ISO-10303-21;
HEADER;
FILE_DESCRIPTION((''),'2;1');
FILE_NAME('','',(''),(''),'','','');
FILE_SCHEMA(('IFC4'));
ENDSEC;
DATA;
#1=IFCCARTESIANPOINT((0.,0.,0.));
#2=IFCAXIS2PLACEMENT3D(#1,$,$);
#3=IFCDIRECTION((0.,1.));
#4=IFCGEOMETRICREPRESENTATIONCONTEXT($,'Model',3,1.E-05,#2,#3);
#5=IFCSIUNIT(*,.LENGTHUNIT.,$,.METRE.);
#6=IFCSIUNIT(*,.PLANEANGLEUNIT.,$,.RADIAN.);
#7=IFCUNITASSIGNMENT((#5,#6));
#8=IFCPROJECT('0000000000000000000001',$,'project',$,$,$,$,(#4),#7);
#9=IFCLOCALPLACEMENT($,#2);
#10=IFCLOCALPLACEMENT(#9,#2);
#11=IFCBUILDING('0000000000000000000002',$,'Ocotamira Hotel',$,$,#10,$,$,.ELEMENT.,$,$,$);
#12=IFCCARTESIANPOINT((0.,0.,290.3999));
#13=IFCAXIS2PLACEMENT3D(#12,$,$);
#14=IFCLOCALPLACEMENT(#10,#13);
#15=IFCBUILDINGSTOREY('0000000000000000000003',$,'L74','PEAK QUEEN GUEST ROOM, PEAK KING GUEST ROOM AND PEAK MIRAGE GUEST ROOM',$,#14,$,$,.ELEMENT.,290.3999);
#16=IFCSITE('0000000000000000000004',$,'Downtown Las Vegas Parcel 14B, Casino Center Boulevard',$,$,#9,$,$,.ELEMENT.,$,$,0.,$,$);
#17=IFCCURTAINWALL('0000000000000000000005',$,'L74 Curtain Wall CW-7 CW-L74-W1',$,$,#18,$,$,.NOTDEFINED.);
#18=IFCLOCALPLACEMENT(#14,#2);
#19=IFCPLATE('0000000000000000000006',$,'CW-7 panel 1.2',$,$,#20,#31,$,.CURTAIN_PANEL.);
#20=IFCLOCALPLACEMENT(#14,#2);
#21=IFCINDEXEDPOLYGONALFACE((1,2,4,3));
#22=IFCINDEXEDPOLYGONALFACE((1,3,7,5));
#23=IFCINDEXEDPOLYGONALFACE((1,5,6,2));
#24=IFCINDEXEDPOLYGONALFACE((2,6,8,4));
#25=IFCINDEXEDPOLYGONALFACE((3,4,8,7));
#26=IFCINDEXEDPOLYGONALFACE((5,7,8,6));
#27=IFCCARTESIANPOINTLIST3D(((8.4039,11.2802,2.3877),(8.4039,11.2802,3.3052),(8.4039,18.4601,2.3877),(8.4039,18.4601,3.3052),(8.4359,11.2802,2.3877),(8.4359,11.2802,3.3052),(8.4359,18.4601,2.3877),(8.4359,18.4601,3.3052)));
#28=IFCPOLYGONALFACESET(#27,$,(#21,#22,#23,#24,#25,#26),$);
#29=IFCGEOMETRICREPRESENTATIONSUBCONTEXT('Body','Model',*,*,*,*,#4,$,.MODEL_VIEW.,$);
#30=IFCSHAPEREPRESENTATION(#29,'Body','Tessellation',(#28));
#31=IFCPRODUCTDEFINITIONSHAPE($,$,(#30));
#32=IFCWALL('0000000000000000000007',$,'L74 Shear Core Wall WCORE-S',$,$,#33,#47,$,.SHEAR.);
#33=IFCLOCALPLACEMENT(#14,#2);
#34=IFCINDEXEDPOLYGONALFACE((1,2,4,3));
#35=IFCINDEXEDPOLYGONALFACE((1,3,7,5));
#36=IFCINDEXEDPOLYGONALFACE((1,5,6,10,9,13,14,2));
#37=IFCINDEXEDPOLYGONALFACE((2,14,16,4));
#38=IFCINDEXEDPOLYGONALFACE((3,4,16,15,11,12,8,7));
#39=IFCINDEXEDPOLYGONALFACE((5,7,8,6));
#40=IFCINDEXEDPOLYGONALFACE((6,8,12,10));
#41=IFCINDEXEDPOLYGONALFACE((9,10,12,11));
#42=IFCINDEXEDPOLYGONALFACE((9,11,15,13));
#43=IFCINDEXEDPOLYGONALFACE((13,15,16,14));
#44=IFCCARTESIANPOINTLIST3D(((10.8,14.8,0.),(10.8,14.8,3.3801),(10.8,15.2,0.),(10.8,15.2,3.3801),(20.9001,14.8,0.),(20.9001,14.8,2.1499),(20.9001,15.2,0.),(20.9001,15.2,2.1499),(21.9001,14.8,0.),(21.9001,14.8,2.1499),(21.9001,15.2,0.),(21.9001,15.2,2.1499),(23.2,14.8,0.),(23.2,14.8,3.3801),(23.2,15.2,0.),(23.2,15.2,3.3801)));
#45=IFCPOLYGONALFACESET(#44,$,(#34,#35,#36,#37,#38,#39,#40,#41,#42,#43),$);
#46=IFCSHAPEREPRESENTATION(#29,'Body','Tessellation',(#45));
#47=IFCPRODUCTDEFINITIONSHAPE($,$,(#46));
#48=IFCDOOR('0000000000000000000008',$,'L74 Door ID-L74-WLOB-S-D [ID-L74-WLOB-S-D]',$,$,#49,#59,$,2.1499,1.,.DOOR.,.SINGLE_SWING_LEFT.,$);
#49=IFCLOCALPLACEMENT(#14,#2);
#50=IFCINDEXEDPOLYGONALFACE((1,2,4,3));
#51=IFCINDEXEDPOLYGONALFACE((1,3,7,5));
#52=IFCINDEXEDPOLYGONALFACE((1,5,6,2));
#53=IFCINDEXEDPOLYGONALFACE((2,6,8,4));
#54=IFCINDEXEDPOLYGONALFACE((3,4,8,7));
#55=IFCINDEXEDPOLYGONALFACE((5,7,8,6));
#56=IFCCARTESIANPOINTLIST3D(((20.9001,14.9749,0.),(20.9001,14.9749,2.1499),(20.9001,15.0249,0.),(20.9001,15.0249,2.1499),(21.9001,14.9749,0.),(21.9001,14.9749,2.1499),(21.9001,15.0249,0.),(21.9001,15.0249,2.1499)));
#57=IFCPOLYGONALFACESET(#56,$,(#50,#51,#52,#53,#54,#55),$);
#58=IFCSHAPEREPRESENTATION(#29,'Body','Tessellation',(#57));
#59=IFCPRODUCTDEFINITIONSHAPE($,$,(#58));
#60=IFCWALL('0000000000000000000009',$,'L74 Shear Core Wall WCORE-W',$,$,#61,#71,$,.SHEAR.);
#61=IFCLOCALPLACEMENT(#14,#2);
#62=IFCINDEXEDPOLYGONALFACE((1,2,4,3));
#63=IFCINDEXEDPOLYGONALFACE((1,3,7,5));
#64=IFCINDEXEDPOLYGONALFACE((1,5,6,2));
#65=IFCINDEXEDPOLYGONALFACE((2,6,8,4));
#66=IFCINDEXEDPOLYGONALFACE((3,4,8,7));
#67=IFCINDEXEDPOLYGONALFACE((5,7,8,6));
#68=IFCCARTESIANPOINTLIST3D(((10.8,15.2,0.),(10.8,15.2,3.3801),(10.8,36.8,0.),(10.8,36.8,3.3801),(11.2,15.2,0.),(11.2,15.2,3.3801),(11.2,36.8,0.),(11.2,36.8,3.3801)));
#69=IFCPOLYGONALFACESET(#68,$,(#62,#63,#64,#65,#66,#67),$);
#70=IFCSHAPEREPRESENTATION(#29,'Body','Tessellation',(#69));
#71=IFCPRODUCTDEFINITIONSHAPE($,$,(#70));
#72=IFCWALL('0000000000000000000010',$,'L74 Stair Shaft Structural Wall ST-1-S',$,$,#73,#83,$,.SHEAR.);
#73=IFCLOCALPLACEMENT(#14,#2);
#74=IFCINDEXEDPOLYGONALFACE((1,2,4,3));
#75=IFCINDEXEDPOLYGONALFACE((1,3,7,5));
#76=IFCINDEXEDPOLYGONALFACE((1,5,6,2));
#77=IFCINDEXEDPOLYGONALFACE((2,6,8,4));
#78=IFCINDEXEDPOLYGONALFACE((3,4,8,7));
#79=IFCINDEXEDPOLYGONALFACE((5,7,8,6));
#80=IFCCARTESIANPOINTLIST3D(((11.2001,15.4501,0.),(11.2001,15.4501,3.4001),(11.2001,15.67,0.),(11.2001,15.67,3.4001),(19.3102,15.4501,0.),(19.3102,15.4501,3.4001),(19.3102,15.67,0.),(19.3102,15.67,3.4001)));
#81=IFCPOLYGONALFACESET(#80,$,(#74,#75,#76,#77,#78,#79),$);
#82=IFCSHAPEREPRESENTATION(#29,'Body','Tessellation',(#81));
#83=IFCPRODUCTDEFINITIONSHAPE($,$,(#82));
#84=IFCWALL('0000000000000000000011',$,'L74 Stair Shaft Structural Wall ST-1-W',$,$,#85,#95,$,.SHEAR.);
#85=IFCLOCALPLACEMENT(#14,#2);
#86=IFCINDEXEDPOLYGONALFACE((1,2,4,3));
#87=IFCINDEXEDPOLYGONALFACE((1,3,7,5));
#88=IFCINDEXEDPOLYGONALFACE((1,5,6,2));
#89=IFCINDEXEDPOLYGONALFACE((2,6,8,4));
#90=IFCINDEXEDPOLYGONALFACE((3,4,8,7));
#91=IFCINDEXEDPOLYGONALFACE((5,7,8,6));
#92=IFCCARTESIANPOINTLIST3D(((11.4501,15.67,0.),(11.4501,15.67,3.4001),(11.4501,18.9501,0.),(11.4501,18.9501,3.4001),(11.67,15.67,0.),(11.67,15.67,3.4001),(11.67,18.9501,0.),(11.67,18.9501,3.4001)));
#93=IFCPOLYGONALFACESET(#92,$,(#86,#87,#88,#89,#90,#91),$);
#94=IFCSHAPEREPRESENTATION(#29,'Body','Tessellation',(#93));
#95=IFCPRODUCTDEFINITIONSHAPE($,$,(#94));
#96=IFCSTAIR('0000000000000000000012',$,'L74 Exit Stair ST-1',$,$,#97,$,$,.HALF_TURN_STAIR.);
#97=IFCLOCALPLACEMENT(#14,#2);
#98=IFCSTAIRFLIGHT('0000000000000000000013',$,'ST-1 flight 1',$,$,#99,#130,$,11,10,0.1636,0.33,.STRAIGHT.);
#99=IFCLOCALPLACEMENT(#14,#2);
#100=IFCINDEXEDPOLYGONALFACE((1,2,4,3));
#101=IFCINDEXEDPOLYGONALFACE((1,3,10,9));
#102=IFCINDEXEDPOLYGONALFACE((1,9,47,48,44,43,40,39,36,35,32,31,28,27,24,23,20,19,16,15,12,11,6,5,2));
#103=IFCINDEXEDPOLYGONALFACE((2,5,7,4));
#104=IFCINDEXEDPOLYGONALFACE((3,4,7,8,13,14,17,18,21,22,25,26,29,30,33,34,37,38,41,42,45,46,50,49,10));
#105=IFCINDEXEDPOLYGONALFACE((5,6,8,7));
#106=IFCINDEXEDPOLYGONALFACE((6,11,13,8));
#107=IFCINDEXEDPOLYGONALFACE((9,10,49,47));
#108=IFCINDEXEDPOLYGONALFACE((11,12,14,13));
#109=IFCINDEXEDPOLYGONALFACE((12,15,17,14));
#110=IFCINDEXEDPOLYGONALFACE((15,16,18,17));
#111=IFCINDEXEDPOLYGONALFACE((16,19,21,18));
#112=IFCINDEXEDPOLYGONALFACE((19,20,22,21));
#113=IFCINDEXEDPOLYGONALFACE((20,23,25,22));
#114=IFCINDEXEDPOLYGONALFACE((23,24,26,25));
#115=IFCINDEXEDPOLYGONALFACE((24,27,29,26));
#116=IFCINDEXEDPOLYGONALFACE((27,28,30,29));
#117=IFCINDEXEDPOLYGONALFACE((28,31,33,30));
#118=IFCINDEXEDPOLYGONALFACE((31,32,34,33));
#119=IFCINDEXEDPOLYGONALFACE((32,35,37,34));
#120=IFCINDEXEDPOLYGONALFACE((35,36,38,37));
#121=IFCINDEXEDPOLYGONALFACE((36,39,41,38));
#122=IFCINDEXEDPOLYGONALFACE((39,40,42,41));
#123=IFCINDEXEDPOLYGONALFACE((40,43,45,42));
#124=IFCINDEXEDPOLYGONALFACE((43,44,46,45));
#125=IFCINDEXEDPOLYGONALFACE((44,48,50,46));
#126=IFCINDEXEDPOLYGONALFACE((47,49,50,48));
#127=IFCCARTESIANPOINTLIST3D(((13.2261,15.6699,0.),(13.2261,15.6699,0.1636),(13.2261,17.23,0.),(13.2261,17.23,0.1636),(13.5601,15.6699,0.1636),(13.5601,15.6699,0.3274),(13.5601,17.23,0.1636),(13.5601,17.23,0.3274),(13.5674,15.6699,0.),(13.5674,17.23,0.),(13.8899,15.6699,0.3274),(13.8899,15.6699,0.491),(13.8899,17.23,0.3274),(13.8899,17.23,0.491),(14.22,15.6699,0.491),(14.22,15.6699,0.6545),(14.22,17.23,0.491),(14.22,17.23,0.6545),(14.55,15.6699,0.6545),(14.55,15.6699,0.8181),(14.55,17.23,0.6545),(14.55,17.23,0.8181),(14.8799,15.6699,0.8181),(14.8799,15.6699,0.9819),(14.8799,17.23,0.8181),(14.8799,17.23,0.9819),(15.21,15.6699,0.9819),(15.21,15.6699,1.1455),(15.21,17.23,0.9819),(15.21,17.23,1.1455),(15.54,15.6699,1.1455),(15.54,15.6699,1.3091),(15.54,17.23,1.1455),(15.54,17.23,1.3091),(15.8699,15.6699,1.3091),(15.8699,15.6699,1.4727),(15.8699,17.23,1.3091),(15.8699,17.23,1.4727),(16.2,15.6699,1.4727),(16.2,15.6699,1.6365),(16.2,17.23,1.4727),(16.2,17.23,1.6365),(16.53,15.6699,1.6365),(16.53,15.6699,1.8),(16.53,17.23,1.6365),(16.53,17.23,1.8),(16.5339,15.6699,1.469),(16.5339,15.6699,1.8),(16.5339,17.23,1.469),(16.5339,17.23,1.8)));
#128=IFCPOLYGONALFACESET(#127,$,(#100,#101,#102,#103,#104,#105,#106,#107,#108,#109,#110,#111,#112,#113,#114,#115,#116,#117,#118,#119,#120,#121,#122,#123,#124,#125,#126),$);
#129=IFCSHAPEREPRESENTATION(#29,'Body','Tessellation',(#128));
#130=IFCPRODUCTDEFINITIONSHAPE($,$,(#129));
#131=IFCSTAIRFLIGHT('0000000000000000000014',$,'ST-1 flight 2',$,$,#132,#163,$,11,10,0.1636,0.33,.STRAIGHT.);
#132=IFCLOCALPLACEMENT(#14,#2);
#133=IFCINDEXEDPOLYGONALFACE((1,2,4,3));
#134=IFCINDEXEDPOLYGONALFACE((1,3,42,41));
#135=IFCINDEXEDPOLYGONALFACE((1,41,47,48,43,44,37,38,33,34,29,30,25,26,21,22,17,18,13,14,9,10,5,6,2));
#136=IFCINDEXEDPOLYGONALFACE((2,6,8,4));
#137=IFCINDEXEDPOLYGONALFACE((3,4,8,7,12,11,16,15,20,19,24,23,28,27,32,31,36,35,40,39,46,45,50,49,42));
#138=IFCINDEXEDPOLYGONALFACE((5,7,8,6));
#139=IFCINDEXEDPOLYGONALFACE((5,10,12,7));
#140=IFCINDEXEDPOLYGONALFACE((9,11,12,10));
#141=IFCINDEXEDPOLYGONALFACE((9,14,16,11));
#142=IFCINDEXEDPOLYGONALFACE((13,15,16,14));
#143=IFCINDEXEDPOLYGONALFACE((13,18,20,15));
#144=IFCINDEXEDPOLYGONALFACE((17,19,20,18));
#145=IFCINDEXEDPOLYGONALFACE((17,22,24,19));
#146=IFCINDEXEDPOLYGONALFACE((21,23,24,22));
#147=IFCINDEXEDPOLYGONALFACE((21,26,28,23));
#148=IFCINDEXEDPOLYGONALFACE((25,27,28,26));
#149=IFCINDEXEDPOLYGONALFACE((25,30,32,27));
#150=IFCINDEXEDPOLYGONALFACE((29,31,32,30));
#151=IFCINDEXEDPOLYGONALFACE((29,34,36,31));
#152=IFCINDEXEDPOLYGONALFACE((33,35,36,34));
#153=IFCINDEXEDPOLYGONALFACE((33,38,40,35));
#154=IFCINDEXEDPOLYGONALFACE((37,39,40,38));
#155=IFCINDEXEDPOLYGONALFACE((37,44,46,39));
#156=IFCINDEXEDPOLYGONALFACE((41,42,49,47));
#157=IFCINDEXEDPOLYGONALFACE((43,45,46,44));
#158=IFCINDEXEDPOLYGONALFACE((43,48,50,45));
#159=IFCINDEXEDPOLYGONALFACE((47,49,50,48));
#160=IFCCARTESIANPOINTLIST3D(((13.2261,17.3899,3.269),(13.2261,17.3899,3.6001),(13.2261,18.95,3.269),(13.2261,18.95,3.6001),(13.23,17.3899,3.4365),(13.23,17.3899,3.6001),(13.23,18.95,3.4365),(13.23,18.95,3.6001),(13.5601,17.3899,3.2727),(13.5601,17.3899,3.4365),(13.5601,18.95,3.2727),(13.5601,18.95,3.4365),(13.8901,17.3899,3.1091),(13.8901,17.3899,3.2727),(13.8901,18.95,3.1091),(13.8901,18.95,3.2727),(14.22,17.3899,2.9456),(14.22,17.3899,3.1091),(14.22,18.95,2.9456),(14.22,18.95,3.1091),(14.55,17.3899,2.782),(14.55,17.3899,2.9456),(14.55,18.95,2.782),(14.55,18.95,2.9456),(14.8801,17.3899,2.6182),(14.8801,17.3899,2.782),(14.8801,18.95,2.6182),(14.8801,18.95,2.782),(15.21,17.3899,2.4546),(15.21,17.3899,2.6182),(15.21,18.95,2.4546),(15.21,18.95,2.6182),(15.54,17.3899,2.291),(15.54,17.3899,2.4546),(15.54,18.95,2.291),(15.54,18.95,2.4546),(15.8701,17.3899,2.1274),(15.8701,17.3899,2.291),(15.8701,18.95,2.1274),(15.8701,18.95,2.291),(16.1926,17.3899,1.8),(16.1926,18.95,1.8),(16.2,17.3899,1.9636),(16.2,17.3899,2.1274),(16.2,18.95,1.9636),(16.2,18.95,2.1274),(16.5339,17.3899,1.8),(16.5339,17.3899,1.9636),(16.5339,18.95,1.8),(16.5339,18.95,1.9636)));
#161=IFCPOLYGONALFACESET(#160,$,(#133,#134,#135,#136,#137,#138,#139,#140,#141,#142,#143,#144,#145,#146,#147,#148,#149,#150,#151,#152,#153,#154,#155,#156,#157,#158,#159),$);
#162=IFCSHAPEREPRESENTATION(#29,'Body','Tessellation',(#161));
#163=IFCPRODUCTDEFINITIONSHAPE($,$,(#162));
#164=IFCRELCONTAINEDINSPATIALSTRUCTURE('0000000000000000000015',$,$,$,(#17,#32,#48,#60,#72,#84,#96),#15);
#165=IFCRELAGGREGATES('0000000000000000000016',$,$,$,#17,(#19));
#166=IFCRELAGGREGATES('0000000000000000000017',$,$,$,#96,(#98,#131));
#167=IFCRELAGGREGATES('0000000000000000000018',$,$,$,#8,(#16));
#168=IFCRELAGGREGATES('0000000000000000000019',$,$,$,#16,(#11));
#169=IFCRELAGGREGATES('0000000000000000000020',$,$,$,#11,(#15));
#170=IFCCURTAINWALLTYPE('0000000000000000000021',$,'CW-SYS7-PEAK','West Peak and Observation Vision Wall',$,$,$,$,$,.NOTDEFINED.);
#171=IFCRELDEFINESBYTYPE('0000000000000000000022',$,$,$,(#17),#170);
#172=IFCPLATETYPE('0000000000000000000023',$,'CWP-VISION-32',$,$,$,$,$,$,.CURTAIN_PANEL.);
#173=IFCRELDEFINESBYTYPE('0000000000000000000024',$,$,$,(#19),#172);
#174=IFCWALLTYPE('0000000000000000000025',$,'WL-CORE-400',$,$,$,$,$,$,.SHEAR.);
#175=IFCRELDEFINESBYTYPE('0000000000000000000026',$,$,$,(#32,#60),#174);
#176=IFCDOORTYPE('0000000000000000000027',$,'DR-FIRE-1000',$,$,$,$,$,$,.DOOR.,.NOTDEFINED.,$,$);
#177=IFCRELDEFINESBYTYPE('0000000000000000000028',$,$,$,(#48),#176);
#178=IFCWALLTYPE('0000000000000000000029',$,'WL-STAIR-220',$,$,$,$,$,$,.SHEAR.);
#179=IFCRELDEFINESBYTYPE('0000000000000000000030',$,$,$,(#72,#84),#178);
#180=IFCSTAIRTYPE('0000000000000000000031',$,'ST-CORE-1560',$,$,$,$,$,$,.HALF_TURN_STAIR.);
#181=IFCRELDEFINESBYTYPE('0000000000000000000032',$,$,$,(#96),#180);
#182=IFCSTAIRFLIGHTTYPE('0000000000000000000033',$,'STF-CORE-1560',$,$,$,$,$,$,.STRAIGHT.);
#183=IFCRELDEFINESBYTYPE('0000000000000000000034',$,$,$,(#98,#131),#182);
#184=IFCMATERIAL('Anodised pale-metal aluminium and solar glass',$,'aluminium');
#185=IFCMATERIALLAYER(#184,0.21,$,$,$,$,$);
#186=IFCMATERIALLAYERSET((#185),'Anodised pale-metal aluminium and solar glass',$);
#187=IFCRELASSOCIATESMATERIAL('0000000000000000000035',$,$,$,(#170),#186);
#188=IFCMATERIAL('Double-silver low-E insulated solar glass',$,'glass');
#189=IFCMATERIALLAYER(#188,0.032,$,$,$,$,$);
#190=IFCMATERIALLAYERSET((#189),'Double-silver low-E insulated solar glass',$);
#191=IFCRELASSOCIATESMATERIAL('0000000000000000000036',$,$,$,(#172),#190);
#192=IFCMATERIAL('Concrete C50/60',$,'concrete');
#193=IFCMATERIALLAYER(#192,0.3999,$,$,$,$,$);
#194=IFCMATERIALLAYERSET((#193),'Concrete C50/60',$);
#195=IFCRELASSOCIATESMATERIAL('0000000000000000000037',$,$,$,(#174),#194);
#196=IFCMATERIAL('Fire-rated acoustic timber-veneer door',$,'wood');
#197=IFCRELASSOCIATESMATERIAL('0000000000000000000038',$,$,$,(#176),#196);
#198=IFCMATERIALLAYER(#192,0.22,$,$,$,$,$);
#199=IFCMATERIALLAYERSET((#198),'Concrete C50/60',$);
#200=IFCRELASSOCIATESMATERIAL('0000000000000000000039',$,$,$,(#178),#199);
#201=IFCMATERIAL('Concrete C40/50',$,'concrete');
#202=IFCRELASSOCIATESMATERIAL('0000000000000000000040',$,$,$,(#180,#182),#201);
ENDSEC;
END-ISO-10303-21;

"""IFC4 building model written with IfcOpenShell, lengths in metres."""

from ifc_helpers import new_model, si_unit, direction, frame, frame_2d, origin, origin_2d, place, context, subcontext, project, spatial, polyline, rectangle, outline, extrude, source, transform, mapped, material, layer, layer_set, type_object, element, fill, aggregate, save


model = new_model("IFC4")

# Units and contexts
model_context = context("Model", 3, precision=1e-05, world=origin(), true_north=direction((0.0, 1.0)))
body_context = subcontext(model_context, "Body", "Model", "MODEL_VIEW")
ifc_project = project(units=[si_unit("LENGTHUNIT", "METRE"), si_unit("PLANEANGLEUNIT", "RADIAN")], contexts=[model_context])

# Site, building, storey
site_placement = place(None, origin())
site = spatial("IfcSite", under=ifc_project, at=site_placement, Name="Downtown Las Vegas Parcel 14B, Casino Center Boulevard", CompositionType="ELEMENT", RefElevation=0.0)
building_placement = place(site_placement, origin())
building = spatial("IfcBuilding", under=site, at=building_placement, Name="Ocotamira Hotel", CompositionType="ELEMENT")
storey_placement = place(building_placement, frame((0.0, 0.0, 290.3999)))
storey = spatial("IfcBuildingStorey", under=building, at=storey_placement, Name="L74", Description="PEAK QUEEN GUEST ROOM, PEAK KING GUEST ROOM AND PEAK MIRAGE GUEST ROOM", CompositionType="ELEMENT", Elevation=290.3999)

# Curtain wall, plate
ifc_material_1 = material(Name="Anodised pale-metal aluminium and solar glass", Category="aluminium")
ifc_layer_1 = layer(ifc_material_1, 0.21)
ifc_layer_set_1 = layer_set([ifc_layer_1], Name="Anodised pale-metal aluminium and solar glass")
curtain_wall_type = type_object("IfcCurtainWallType", Name="CW-SYS7-PEAK", Description="West Peak and Observation Vision Wall", PredefinedType="NOTDEFINED", material=ifc_layer_set_1)
curtain_wall_placement = place(storey_placement, origin())
curtain_wall = element("IfcCurtainWall", 1, at=curtain_wall_placement, inside=storey, type_object=curtain_wall_type, Name="L74 Curtain Wall CW-7 CW-L74-W1", PredefinedType="NOTDEFINED")
ifc_material_2 = material(Name="Double-silver low-E insulated solar glass", Category="glass")
ifc_layer_2 = layer(ifc_material_2, 0.032)
ifc_layer_set_2 = layer_set([ifc_layer_2], Name="Double-silver low-E insulated solar glass")
plate_type = type_object("IfcPlateType", Name="CWP-VISION-32", PredefinedType="CURTAIN_PANEL", material=ifc_layer_set_2)
shared_shape_1 = source(origin(), body_context, "Body", "SweptSolid", [
    extrude(rectangle(XDim=7.1799, YDim=0.032, at=origin_2d()), origin(), (0.0, 0.0, 1.0), 0.9175),
])
plate_1_placement = place(storey_placement, frame((8.4199, 14.8701, 2.3877), z_axis=(0.0, 0.0, 1.0), x_axis=(0.0, 1.0, 0.0)))
plate_1 = element("IfcPlate", 2, at=plate_1_placement, type_object=plate_type, Name="CW-7 panel 1.2", PredefinedType="CURTAIN_PANEL", context=body_context, shape_type="MappedRepresentation", body=[
    mapped(shared_shape_1, transform((0.0, 0.0, 0.0), scale=1.0)),
])
aggregate(curtain_wall, [plate_1])

# Wall, opening, door
ifc_material_3 = material(Name="Concrete C50/60", Category="concrete")
ifc_layer_3 = layer(ifc_material_3, 0.3999)
ifc_layer_set_3 = layer_set([ifc_layer_3], Name="Concrete C50/60")
wall_type_1 = type_object("IfcWallType", Name="WL-CORE-400", PredefinedType="SHEAR", material=ifc_layer_set_3)
wall_1_placement = place(storey_placement, frame((10.8, 15.0, 0.0), z_axis=(0.0, 0.0, 1.0), x_axis=(1.0, 0.0, 0.0)))
wall_1 = element("IfcWall", 3, at=wall_1_placement, inside=storey, type_object=wall_type_1, Name="L74 Shear Core Wall WCORE-S", PredefinedType="SHEAR", context=body_context, shape_type="SweptSolid", body=[
    extrude(rectangle(XDim=12.3999, YDim=0.3999, at=frame_2d((6.2, 0.0))), origin(), (0.0, 0.0, 1.0), 3.3801),
])
opening_1_placement = place(wall_1_placement, frame((10.1001, 0.0, 0.0)))
opening_1 = element("IfcOpeningElement", 4, at=opening_1_placement, cuts=wall_1, PredefinedType="OPENING", context=body_context, shape_type="SweptSolid", body=[
    extrude(rectangle(XDim=1.0, YDim=2.1499, at=frame_2d((0.5, 1.075))), frame((0.0, 0.21, 0.0), z_axis=(0.0, -1.0, 0.0), x_axis=(1.0, 0.0, 0.0)), (0.0, 0.0, 1.0), 0.4199),
])
ifc_material_4 = material(Name="Fire-rated acoustic timber-veneer door", Category="wood")
door_type_1 = type_object("IfcDoorType", Name="DR-FIRE-1000", OperationType="NOTDEFINED", PredefinedType="DOOR", material=ifc_material_4)
shared_shape_2 = source(origin(), body_context, "Body", "SweptSolid", [
    extrude(rectangle(XDim=1.0, YDim=2.1499, at=frame_2d((0.5, 1.075))), frame((0.0, 0.0249, 0.0), z_axis=(0.0, -1.0, 0.0), x_axis=(1.0, 0.0, 0.0)), (0.0, 0.0, 1.0), 0.05),
])
door_1_placement = place(opening_1_placement, origin())
door_1 = element("IfcDoor", 5, at=door_1_placement, inside=storey, type_object=door_type_1, Name="L74 Door ID-L74-WLOB-S-D [ID-L74-WLOB-S-D]", OperationType="SINGLE_SWING_LEFT", OverallHeight=2.1499, OverallWidth=1.0, PredefinedType="DOOR", context=body_context, shape_type="MappedRepresentation", body=[
    mapped(shared_shape_2, transform((0.0, 0.0, 0.0), scale=1.0)),
])
fill(opening_1, door_1)

# Wall
wall_2_placement = place(storey_placement, frame((11.0, 15.2, 0.0), z_axis=(0.0, 0.0, 1.0), x_axis=(0.0, 1.0, 0.0)))
element("IfcWall", 6, at=wall_2_placement, inside=storey, type_object=wall_type_1, Name="L74 Shear Core Wall WCORE-W", PredefinedType="SHEAR", context=body_context, shape_type="SweptSolid", body=[
    extrude(rectangle(XDim=21.6001, YDim=0.3999, at=frame_2d((10.8, 0.0))), origin(), (0.0, 0.0, 1.0), 3.3801),
])

# Walls
ifc_layer_4 = layer(ifc_material_3, 0.22)
ifc_layer_set_4 = layer_set([ifc_layer_4], Name="Concrete C50/60")
wall_type_2 = type_object("IfcWallType", Name="WL-STAIR-220", PredefinedType="SHEAR", material=ifc_layer_set_4)
wall_3_placement = place(storey_placement, frame((11.2, 15.5601, 0.0), z_axis=(0.0, 0.0, 1.0), x_axis=(1.0, 0.0, 0.0)))
element("IfcWall", 7, at=wall_3_placement, inside=storey, type_object=wall_type_2, Name="L74 Stair Shaft Structural Wall ST-1-S", PredefinedType="SHEAR", context=body_context, shape_type="SweptSolid", body=[
    extrude(rectangle(XDim=8.1101, YDim=0.22, at=frame_2d((4.0552, 0.0))), origin(), (0.0, 0.0, 1.0), 3.4001),
])
wall_4_placement = place(storey_placement, frame((11.5601, 15.6699, 0.0), z_axis=(0.0, 0.0, 1.0), x_axis=(0.0, 1.0, 0.0)))
element("IfcWall", 8, at=wall_4_placement, inside=storey, type_object=wall_type_2, Name="L74 Stair Shaft Structural Wall ST-1-W", PredefinedType="SHEAR", context=body_context, shape_type="SweptSolid", body=[
    extrude(rectangle(XDim=3.28, YDim=0.22, at=frame_2d((1.6401, 0.0))), origin(), (0.0, 0.0, 1.0), 3.4001),
])

# Stair, stair flights
ifc_material_5 = material(Name="Concrete C40/50", Category="concrete")
stair_type = type_object("IfcStairType", Name="ST-CORE-1560", PredefinedType="HALF_TURN_STAIR", material=ifc_material_5)
stair_placement = place(storey_placement, origin())
stair = element("IfcStair", 9, at=stair_placement, inside=storey, type_object=stair_type, Name="L74 Exit Stair ST-1", PredefinedType="HALF_TURN_STAIR")
stair_flight_type = type_object("IfcStairFlightType", Name="STF-CORE-1560", PredefinedType="STRAIGHT", material=ifc_material_5)
shared_shape_3 = source(origin(), body_context, "Body", "SweptSolid", [
    extrude(outline(polyline([(-0.0039, 0.0), (-0.0039, 0.1636), (0.3301, 0.1636), (0.3301, 0.3274), (0.6599, 0.3274), (0.6599, 0.491), (0.99, 0.491), (0.99, 0.6545), (1.3201, 0.6545), (1.3201, 0.8181), (1.6499, 0.8181), (1.6499, 0.9819), (1.98, 0.9819), (1.98, 1.1455), (2.3101, 1.1455), (2.3101, 1.3091), (2.6399, 1.3091), (2.6399, 1.4727), (2.97, 1.4727), (2.97, 1.6365), (3.3, 1.6365), (3.3, 1.8), (3.304, 1.8), (3.304, 1.469), (0.3374, 0.0), (-0.0039, 0.0)])), frame((0.0, 0.78, 0.0), z_axis=(0.0, -1.0, 0.0), x_axis=(1.0, 0.0, 0.0)), (0.0, 0.0, 1.0), 1.5601),
])
stair_flight_1_placement = place(storey_placement, frame((13.23, 16.45, 0.0), z_axis=(0.0, 0.0, 1.0), x_axis=(1.0, 0.0, 0.0)))
stair_flight_1 = element("IfcStairFlight", 10, at=stair_flight_1_placement, type_object=stair_flight_type, Name="ST-1 flight 1", NumberOfRisers=11, NumberOfTreads=10, PredefinedType="STRAIGHT", RiserHeight=0.1636, TreadLength=0.33, context=body_context, shape_type="MappedRepresentation", body=[
    mapped(shared_shape_3, transform((0.0, 0.0, 0.0), scale=1.0)),
])
stair_flight_2_placement = place(storey_placement, frame((16.53, 18.1699, 1.8), z_axis=(0.0, 0.0, 1.0), x_axis=(-1.0, 0.0, 0.0)))
stair_flight_2 = element("IfcStairFlight", 11, at=stair_flight_2_placement, type_object=stair_flight_type, Name="ST-1 flight 2", NumberOfRisers=11, NumberOfTreads=10, PredefinedType="STRAIGHT", RiserHeight=0.1636, TreadLength=0.33, context=body_context, shape_type="MappedRepresentation", body=[
    mapped(shared_shape_3, transform((0.0, 0.0, 0.0), scale=1.0)),
])
aggregate(stair, [stair_flight_1, stair_flight_2])

save(model, "model.ifc")
